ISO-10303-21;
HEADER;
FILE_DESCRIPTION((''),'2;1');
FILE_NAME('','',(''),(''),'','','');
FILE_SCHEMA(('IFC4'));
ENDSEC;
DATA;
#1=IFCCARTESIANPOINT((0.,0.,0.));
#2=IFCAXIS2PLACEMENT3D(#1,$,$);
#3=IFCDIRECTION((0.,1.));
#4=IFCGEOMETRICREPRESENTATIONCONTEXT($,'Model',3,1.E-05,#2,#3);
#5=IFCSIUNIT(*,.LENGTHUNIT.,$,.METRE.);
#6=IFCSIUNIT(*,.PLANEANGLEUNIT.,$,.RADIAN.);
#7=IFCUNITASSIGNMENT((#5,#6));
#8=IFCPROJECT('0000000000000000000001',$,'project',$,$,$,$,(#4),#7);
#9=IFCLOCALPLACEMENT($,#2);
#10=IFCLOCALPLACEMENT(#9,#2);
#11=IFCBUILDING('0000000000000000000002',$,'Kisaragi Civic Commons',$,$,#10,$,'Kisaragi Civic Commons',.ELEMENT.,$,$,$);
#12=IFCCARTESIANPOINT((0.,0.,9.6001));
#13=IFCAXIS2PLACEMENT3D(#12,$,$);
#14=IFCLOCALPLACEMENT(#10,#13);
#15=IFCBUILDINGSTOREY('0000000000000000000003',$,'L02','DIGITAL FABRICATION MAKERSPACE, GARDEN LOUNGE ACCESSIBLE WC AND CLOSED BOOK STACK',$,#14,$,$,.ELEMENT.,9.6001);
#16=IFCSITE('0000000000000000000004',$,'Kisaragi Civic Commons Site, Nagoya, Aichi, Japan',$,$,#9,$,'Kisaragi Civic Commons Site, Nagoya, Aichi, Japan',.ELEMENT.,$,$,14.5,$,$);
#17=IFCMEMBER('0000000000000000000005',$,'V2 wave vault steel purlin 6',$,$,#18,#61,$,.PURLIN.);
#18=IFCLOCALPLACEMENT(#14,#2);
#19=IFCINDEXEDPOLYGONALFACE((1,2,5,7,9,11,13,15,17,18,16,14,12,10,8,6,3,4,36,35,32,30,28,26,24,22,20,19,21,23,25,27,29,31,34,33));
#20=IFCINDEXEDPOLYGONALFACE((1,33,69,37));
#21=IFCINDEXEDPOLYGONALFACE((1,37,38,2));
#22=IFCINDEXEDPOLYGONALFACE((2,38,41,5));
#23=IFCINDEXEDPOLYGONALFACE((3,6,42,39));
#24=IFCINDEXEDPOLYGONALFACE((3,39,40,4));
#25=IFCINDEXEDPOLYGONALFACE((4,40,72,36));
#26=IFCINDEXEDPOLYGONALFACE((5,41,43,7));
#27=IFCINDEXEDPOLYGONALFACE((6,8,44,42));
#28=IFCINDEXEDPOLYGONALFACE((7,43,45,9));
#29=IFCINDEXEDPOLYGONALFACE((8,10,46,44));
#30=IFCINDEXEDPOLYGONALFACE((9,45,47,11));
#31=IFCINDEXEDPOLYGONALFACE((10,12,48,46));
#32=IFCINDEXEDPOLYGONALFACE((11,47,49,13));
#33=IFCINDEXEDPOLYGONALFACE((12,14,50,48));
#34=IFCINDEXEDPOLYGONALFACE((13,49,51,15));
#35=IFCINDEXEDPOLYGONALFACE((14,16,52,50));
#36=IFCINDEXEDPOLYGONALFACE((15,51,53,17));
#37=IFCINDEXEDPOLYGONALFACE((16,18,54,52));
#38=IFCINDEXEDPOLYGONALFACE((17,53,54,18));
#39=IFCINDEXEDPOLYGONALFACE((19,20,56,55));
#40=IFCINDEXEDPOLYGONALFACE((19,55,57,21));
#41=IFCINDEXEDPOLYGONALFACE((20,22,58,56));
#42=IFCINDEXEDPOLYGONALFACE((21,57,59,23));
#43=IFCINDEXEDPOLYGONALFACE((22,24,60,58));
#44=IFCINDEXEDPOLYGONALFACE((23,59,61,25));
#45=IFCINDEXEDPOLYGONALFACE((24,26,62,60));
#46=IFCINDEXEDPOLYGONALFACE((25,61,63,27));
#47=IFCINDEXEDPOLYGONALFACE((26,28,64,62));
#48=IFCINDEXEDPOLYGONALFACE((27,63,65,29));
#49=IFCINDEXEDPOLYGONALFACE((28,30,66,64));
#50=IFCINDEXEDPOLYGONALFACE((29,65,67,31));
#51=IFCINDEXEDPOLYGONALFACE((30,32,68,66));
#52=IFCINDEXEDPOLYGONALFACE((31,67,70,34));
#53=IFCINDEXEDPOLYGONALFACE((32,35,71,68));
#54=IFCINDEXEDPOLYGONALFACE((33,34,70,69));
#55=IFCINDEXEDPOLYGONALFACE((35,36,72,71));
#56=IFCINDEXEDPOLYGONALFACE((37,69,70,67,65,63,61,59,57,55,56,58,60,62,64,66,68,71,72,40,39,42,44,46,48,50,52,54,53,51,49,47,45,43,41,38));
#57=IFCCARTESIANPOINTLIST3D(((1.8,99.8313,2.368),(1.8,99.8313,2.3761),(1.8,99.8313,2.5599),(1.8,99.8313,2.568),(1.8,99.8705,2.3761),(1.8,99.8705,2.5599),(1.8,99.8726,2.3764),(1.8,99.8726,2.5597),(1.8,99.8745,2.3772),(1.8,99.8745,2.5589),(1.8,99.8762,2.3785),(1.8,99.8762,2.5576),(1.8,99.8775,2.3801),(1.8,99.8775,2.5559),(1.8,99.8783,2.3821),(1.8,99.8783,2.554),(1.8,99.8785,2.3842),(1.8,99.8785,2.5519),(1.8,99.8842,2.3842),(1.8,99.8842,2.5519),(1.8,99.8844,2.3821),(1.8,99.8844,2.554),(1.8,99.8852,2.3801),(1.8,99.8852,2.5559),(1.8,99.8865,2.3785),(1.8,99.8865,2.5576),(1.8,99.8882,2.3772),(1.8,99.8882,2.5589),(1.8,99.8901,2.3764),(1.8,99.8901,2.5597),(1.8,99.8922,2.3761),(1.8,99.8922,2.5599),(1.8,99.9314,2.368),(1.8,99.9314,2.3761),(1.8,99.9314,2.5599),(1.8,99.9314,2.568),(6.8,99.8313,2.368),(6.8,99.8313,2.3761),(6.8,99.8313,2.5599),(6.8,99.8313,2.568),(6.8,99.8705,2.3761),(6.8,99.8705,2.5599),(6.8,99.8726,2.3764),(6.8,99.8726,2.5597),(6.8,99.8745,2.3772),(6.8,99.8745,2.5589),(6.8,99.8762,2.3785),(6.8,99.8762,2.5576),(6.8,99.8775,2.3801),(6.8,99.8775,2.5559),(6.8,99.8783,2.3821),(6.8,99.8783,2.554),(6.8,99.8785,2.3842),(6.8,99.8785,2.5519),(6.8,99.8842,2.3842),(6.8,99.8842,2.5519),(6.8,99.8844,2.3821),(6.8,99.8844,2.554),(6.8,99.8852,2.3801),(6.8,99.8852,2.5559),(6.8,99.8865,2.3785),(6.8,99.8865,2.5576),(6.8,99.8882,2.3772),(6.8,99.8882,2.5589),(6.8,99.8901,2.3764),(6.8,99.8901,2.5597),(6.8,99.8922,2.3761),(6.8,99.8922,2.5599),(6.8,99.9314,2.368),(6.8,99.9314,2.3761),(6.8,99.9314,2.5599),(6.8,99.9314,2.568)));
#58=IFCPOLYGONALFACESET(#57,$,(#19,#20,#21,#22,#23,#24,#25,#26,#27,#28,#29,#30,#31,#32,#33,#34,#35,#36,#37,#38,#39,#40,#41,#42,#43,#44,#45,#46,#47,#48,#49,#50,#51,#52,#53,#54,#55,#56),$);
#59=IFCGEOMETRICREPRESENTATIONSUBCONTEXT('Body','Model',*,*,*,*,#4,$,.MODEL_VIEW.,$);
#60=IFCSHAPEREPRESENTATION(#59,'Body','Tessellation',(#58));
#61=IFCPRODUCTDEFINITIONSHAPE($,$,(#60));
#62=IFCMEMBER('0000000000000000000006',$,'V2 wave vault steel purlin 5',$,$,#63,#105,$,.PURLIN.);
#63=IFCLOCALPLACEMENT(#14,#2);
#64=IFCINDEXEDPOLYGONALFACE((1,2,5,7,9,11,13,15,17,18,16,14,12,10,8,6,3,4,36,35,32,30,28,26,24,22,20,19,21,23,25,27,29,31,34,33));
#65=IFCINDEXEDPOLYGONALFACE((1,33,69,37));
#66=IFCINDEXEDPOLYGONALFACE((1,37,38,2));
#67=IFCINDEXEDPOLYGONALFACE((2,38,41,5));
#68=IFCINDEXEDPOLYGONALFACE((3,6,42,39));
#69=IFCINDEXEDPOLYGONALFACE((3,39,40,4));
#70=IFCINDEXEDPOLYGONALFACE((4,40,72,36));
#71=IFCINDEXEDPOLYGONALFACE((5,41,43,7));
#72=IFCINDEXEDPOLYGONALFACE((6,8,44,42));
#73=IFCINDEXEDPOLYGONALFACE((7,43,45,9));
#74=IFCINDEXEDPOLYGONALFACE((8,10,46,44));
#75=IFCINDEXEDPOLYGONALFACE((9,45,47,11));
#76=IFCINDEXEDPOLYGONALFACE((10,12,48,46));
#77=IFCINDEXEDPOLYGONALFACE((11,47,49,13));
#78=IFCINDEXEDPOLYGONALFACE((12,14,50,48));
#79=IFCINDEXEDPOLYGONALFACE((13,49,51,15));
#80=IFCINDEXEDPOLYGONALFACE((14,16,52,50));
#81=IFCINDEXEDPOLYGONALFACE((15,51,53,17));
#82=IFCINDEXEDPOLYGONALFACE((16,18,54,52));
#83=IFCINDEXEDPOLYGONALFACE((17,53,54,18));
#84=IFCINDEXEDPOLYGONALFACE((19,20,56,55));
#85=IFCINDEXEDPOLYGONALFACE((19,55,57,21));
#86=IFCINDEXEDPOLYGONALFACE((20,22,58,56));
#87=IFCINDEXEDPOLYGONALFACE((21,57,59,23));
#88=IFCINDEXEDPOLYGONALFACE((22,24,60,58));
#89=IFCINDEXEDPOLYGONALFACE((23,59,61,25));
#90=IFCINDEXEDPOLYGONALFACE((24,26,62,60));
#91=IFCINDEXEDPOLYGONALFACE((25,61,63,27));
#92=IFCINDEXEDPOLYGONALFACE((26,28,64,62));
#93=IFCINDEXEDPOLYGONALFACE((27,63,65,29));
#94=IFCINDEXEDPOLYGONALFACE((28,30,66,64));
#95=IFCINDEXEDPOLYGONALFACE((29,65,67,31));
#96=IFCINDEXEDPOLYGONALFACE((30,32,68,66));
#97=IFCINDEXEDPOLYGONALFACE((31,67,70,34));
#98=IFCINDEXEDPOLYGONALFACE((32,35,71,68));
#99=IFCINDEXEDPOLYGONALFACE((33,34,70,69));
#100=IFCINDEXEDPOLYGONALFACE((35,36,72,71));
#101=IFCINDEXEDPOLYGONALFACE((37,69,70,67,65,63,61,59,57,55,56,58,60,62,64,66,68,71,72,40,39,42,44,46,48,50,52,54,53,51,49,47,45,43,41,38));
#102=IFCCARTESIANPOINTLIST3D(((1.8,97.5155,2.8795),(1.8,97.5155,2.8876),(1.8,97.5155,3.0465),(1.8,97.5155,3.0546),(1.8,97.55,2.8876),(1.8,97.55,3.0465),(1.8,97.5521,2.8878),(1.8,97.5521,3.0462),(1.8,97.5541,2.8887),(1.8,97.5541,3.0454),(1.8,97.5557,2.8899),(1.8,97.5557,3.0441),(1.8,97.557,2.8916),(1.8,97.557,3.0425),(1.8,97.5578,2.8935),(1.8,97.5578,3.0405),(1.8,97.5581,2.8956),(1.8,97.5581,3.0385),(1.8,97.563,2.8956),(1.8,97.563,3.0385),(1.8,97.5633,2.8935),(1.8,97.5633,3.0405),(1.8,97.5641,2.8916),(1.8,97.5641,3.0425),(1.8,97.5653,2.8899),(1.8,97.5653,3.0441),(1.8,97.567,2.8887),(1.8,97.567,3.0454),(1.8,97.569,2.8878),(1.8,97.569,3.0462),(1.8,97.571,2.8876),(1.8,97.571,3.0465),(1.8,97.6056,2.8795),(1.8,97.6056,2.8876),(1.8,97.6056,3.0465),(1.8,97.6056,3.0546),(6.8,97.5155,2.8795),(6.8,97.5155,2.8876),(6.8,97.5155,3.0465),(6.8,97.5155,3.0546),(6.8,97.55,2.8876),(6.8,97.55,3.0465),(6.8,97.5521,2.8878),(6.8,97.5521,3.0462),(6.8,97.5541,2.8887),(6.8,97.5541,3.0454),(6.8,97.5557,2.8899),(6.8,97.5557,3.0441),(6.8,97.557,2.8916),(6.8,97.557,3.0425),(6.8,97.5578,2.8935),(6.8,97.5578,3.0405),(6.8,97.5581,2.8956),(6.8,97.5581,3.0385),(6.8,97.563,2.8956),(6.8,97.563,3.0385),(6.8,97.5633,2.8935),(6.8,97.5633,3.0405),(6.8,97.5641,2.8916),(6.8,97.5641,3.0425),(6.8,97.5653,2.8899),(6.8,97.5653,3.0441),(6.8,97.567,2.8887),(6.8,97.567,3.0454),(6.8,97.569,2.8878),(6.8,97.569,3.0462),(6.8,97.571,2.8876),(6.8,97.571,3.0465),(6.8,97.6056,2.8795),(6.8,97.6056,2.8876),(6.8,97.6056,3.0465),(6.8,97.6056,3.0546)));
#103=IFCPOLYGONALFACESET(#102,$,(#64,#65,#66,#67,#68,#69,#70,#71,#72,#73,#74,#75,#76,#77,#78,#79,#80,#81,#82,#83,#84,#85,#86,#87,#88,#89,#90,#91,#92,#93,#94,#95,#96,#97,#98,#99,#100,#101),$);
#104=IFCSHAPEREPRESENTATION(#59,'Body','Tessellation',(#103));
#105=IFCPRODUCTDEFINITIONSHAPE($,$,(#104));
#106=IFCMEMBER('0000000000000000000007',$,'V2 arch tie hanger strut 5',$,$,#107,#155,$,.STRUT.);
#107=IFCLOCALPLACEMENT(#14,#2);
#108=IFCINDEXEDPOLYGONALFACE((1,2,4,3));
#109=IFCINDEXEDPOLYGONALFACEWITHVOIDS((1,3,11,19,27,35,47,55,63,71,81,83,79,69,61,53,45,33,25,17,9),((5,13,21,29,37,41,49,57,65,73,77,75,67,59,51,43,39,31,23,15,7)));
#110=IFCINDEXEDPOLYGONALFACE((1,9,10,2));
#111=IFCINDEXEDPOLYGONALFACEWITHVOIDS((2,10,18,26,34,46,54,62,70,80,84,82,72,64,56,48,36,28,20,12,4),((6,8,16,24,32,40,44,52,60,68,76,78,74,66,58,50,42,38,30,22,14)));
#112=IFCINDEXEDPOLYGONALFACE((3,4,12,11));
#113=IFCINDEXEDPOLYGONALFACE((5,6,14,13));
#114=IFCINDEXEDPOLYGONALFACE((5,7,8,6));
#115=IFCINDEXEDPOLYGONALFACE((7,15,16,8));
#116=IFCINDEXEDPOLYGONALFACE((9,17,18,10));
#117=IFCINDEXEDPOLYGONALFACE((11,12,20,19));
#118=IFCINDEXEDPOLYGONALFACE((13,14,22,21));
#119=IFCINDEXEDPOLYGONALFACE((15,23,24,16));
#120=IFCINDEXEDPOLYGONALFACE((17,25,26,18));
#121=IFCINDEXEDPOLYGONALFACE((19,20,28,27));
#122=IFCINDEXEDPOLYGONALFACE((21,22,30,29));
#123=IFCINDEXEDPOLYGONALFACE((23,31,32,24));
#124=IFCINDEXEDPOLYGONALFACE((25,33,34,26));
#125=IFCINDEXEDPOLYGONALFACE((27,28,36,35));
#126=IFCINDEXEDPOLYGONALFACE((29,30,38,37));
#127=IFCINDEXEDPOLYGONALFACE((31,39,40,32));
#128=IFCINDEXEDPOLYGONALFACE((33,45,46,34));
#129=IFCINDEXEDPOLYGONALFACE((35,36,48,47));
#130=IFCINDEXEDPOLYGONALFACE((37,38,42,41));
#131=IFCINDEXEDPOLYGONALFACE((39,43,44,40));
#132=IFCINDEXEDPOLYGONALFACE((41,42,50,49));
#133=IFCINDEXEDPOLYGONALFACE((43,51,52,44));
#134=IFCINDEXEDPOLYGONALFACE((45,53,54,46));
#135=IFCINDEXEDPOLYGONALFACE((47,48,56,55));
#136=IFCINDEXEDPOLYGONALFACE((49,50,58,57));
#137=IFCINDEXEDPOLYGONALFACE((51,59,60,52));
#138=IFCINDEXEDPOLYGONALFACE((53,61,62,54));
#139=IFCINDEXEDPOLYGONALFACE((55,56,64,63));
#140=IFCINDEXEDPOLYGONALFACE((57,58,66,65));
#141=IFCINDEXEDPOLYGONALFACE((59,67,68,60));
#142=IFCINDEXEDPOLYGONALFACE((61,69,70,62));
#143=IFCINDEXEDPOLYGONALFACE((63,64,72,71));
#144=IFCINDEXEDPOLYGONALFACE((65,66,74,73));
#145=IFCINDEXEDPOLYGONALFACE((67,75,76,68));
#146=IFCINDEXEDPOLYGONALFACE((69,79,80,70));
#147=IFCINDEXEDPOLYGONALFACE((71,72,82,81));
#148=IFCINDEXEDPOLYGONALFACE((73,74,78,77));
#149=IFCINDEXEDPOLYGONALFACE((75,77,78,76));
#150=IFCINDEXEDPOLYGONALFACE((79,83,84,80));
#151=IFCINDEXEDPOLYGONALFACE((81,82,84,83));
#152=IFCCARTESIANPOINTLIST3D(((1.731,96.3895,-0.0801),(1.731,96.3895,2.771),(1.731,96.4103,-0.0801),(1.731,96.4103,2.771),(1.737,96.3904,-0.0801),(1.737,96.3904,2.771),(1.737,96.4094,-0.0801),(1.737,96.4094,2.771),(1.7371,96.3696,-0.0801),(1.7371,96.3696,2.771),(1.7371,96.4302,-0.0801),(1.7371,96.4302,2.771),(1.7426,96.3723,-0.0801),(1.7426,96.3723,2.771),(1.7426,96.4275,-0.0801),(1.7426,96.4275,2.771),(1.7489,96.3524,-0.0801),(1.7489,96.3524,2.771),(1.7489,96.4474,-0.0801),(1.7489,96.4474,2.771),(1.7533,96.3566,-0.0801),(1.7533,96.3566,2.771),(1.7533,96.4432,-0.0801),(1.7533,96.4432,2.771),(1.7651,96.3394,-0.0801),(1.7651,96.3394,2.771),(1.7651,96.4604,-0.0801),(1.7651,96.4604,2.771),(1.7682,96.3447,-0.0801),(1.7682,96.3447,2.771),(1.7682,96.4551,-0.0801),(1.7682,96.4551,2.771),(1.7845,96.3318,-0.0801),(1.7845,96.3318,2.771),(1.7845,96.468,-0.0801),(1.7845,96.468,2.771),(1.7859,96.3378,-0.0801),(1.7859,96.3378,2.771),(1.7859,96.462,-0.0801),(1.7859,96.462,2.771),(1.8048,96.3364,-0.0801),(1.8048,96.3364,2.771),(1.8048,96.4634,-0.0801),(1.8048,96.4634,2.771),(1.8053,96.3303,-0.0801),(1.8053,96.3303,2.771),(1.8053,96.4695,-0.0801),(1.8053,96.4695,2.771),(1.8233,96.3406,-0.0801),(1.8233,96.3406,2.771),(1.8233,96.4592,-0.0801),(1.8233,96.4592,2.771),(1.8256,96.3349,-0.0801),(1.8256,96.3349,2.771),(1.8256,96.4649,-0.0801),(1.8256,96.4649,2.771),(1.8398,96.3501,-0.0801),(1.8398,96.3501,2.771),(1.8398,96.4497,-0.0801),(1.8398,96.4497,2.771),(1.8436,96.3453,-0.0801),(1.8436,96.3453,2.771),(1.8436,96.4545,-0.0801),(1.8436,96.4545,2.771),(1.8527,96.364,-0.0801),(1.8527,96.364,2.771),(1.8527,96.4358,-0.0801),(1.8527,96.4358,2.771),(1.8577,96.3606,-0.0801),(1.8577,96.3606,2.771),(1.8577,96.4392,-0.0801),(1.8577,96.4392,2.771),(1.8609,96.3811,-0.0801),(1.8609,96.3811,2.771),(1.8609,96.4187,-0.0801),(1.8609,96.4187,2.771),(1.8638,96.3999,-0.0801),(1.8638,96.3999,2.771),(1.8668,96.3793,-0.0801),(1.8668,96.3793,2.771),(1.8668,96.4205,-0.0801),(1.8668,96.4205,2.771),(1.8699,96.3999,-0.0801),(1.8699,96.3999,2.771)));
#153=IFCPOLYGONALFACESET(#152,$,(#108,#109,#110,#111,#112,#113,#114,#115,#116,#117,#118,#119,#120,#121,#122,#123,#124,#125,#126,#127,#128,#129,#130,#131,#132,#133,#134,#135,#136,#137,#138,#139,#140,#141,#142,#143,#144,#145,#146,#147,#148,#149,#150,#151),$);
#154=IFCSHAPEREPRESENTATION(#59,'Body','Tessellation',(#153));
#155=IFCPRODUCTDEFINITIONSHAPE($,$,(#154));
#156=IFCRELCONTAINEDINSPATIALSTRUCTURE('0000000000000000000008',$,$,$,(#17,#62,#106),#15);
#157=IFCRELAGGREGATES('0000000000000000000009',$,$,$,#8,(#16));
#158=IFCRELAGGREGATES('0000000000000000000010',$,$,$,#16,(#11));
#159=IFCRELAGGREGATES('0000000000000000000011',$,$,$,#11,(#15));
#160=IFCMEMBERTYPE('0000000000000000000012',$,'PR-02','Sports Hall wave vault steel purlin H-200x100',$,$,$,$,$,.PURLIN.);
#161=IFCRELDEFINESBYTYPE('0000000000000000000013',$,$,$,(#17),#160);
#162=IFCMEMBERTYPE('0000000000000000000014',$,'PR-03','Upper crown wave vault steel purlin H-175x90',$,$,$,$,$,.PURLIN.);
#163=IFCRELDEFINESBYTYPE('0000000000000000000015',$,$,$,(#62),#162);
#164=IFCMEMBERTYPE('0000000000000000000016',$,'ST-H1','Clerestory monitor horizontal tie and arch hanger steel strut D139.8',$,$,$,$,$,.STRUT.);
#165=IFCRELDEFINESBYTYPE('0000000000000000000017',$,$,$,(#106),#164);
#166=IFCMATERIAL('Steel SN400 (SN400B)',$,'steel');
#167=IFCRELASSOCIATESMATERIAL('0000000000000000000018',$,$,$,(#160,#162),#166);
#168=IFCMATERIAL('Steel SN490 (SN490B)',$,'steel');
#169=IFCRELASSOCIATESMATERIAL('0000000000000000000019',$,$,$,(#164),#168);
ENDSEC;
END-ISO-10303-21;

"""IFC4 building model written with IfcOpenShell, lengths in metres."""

from ifc_helpers import new_model, si_unit, direction, frame, origin, origin_2d, place, context, subcontext, project, spatial, hollow_circle, i_section, extrude, material, material_profile, profile_set, type_object, element, save


model = new_model("IFC4")

# Units and contexts
model_context = context("Model", 3, precision=1e-05, world=origin(), true_north=direction((0.0, 1.0)))
body_context = subcontext(model_context, "Body", "Model", "MODEL_VIEW")
ifc_project = project(units=[si_unit("LENGTHUNIT", "METRE"), si_unit("PLANEANGLEUNIT", "RADIAN")], contexts=[model_context])

# Site, building, storey
site_placement = place(None, origin())
site = spatial("IfcSite", under=ifc_project, at=site_placement, Name="Kisaragi Civic Commons Site, Nagoya, Aichi, Japan", LongName="Kisaragi Civic Commons Site, Nagoya, Aichi, Japan", CompositionType="ELEMENT", RefElevation=14.5)
building_placement = place(site_placement, origin())
building = spatial("IfcBuilding", under=site, at=building_placement, Name="Kisaragi Civic Commons", LongName="Kisaragi Civic Commons", CompositionType="ELEMENT")
storey_placement = place(building_placement, frame((0.0, 0.0, 9.6001)))
storey = spatial("IfcBuildingStorey", under=building, at=storey_placement, Name="L02", Description="DIGITAL FABRICATION MAKERSPACE, GARDEN LOUNGE ACCESSIBLE WC AND CLOSED BOOK STACK", CompositionType="ELEMENT", Elevation=9.6001)

# Shared definitions
ifc_material_1 = material(Name="Steel SN400 (SN400B)", Category="steel")

# Members
ifc_material_2 = material(Name="Steel SN490 (SN490B)", Category="steel")
ifc_material_profile_1 = material_profile(ifc_material_1, i_section(OverallWidth=0.1001, OverallDepth=0.2, WebThickness=0.0056, FlangeThickness=0.0081, FilletRadius=0.0081, at=origin_2d()), Name="H-200x100x5.5x8", Category="steel")
ifc_profile_set_1 = profile_set([ifc_material_profile_1], Name="Steel SN400 (SN400B)")
member_type_1 = type_object("IfcMemberType", Name="PR-02", Description="Sports Hall wave vault steel purlin H-200x100", PredefinedType="PURLIN", material=ifc_profile_set_1)
member_1_placement = place(storey_placement, frame((1.8, 99.8813, 2.468), z_axis=(1.0, 0.0, 0.0), x_axis=(0.0, 1.0, 0.0)))
element("IfcMember", 1, at=member_1_placement, inside=storey, type_object=member_type_1, Name="V2 wave vault steel purlin 6", PredefinedType="PURLIN", context=body_context, shape_type="SweptSolid", body=[
    extrude(i_section(OverallWidth=0.1001, OverallDepth=0.2, WebThickness=0.0056, FlangeThickness=0.0081, FilletRadius=0.0081, at=origin_2d()), origin(), (0.0, 0.0, 1.0), 5.0),
])
ifc_material_profile_2 = material_profile(ifc_material_1, i_section(OverallWidth=0.0901, OverallDepth=0.175, WebThickness=0.0049, FlangeThickness=0.0081, FilletRadius=0.0081, at=origin_2d()), Name="H-175x90x5x8", Category="steel")
ifc_profile_set_2 = profile_set([ifc_material_profile_2], Name="Steel SN400 (SN400B)")
member_type_2 = type_object("IfcMemberType", Name="PR-03", Description="Upper crown wave vault steel purlin H-175x90", PredefinedType="PURLIN", material=ifc_profile_set_2)
member_2_placement = place(storey_placement, frame((1.8, 97.5605, 2.967), z_axis=(1.0, 0.0, 0.0), x_axis=(0.0, 1.0, 0.0)))
element("IfcMember", 2, at=member_2_placement, inside=storey, type_object=member_type_2, Name="V2 wave vault steel purlin 5", PredefinedType="PURLIN", context=body_context, shape_type="SweptSolid", body=[
    extrude(i_section(OverallWidth=0.0901, OverallDepth=0.175, WebThickness=0.0049, FlangeThickness=0.0081, FilletRadius=0.0081, at=origin_2d()), origin(), (0.0, 0.0, 1.0), 5.0),
])
ifc_material_profile_3 = material_profile(ifc_material_2, hollow_circle(Radius=0.0698, WallThickness=0.0061, at=origin_2d()), Name="CHS-139.8x6.0", Category="steel")
ifc_profile_set_3 = profile_set([ifc_material_profile_3], Name="Steel SN490 (SN490B)")
member_type_3 = type_object("IfcMemberType", Name="ST-H1", Description="Clerestory monitor horizontal tie and arch hanger steel strut D139.8", PredefinedType="STRUT", material=ifc_profile_set_3)
member_3_placement = place(storey_placement, frame((1.8, 96.3999, -0.0801), z_axis=(0.0, 0.0, 1.0), x_axis=(1.0, 0.0, 0.0)))
element("IfcMember", 3, at=member_3_placement, inside=storey, type_object=member_type_3, Name="V2 arch tie hanger strut 5", PredefinedType="STRUT", context=body_context, shape_type="SweptSolid", body=[
    extrude(hollow_circle(Radius=0.0698, WallThickness=0.0061, at=origin_2d()), origin(), (0.0, 0.0, 1.0), 2.8511),
])

save(model, "model.ifc")
